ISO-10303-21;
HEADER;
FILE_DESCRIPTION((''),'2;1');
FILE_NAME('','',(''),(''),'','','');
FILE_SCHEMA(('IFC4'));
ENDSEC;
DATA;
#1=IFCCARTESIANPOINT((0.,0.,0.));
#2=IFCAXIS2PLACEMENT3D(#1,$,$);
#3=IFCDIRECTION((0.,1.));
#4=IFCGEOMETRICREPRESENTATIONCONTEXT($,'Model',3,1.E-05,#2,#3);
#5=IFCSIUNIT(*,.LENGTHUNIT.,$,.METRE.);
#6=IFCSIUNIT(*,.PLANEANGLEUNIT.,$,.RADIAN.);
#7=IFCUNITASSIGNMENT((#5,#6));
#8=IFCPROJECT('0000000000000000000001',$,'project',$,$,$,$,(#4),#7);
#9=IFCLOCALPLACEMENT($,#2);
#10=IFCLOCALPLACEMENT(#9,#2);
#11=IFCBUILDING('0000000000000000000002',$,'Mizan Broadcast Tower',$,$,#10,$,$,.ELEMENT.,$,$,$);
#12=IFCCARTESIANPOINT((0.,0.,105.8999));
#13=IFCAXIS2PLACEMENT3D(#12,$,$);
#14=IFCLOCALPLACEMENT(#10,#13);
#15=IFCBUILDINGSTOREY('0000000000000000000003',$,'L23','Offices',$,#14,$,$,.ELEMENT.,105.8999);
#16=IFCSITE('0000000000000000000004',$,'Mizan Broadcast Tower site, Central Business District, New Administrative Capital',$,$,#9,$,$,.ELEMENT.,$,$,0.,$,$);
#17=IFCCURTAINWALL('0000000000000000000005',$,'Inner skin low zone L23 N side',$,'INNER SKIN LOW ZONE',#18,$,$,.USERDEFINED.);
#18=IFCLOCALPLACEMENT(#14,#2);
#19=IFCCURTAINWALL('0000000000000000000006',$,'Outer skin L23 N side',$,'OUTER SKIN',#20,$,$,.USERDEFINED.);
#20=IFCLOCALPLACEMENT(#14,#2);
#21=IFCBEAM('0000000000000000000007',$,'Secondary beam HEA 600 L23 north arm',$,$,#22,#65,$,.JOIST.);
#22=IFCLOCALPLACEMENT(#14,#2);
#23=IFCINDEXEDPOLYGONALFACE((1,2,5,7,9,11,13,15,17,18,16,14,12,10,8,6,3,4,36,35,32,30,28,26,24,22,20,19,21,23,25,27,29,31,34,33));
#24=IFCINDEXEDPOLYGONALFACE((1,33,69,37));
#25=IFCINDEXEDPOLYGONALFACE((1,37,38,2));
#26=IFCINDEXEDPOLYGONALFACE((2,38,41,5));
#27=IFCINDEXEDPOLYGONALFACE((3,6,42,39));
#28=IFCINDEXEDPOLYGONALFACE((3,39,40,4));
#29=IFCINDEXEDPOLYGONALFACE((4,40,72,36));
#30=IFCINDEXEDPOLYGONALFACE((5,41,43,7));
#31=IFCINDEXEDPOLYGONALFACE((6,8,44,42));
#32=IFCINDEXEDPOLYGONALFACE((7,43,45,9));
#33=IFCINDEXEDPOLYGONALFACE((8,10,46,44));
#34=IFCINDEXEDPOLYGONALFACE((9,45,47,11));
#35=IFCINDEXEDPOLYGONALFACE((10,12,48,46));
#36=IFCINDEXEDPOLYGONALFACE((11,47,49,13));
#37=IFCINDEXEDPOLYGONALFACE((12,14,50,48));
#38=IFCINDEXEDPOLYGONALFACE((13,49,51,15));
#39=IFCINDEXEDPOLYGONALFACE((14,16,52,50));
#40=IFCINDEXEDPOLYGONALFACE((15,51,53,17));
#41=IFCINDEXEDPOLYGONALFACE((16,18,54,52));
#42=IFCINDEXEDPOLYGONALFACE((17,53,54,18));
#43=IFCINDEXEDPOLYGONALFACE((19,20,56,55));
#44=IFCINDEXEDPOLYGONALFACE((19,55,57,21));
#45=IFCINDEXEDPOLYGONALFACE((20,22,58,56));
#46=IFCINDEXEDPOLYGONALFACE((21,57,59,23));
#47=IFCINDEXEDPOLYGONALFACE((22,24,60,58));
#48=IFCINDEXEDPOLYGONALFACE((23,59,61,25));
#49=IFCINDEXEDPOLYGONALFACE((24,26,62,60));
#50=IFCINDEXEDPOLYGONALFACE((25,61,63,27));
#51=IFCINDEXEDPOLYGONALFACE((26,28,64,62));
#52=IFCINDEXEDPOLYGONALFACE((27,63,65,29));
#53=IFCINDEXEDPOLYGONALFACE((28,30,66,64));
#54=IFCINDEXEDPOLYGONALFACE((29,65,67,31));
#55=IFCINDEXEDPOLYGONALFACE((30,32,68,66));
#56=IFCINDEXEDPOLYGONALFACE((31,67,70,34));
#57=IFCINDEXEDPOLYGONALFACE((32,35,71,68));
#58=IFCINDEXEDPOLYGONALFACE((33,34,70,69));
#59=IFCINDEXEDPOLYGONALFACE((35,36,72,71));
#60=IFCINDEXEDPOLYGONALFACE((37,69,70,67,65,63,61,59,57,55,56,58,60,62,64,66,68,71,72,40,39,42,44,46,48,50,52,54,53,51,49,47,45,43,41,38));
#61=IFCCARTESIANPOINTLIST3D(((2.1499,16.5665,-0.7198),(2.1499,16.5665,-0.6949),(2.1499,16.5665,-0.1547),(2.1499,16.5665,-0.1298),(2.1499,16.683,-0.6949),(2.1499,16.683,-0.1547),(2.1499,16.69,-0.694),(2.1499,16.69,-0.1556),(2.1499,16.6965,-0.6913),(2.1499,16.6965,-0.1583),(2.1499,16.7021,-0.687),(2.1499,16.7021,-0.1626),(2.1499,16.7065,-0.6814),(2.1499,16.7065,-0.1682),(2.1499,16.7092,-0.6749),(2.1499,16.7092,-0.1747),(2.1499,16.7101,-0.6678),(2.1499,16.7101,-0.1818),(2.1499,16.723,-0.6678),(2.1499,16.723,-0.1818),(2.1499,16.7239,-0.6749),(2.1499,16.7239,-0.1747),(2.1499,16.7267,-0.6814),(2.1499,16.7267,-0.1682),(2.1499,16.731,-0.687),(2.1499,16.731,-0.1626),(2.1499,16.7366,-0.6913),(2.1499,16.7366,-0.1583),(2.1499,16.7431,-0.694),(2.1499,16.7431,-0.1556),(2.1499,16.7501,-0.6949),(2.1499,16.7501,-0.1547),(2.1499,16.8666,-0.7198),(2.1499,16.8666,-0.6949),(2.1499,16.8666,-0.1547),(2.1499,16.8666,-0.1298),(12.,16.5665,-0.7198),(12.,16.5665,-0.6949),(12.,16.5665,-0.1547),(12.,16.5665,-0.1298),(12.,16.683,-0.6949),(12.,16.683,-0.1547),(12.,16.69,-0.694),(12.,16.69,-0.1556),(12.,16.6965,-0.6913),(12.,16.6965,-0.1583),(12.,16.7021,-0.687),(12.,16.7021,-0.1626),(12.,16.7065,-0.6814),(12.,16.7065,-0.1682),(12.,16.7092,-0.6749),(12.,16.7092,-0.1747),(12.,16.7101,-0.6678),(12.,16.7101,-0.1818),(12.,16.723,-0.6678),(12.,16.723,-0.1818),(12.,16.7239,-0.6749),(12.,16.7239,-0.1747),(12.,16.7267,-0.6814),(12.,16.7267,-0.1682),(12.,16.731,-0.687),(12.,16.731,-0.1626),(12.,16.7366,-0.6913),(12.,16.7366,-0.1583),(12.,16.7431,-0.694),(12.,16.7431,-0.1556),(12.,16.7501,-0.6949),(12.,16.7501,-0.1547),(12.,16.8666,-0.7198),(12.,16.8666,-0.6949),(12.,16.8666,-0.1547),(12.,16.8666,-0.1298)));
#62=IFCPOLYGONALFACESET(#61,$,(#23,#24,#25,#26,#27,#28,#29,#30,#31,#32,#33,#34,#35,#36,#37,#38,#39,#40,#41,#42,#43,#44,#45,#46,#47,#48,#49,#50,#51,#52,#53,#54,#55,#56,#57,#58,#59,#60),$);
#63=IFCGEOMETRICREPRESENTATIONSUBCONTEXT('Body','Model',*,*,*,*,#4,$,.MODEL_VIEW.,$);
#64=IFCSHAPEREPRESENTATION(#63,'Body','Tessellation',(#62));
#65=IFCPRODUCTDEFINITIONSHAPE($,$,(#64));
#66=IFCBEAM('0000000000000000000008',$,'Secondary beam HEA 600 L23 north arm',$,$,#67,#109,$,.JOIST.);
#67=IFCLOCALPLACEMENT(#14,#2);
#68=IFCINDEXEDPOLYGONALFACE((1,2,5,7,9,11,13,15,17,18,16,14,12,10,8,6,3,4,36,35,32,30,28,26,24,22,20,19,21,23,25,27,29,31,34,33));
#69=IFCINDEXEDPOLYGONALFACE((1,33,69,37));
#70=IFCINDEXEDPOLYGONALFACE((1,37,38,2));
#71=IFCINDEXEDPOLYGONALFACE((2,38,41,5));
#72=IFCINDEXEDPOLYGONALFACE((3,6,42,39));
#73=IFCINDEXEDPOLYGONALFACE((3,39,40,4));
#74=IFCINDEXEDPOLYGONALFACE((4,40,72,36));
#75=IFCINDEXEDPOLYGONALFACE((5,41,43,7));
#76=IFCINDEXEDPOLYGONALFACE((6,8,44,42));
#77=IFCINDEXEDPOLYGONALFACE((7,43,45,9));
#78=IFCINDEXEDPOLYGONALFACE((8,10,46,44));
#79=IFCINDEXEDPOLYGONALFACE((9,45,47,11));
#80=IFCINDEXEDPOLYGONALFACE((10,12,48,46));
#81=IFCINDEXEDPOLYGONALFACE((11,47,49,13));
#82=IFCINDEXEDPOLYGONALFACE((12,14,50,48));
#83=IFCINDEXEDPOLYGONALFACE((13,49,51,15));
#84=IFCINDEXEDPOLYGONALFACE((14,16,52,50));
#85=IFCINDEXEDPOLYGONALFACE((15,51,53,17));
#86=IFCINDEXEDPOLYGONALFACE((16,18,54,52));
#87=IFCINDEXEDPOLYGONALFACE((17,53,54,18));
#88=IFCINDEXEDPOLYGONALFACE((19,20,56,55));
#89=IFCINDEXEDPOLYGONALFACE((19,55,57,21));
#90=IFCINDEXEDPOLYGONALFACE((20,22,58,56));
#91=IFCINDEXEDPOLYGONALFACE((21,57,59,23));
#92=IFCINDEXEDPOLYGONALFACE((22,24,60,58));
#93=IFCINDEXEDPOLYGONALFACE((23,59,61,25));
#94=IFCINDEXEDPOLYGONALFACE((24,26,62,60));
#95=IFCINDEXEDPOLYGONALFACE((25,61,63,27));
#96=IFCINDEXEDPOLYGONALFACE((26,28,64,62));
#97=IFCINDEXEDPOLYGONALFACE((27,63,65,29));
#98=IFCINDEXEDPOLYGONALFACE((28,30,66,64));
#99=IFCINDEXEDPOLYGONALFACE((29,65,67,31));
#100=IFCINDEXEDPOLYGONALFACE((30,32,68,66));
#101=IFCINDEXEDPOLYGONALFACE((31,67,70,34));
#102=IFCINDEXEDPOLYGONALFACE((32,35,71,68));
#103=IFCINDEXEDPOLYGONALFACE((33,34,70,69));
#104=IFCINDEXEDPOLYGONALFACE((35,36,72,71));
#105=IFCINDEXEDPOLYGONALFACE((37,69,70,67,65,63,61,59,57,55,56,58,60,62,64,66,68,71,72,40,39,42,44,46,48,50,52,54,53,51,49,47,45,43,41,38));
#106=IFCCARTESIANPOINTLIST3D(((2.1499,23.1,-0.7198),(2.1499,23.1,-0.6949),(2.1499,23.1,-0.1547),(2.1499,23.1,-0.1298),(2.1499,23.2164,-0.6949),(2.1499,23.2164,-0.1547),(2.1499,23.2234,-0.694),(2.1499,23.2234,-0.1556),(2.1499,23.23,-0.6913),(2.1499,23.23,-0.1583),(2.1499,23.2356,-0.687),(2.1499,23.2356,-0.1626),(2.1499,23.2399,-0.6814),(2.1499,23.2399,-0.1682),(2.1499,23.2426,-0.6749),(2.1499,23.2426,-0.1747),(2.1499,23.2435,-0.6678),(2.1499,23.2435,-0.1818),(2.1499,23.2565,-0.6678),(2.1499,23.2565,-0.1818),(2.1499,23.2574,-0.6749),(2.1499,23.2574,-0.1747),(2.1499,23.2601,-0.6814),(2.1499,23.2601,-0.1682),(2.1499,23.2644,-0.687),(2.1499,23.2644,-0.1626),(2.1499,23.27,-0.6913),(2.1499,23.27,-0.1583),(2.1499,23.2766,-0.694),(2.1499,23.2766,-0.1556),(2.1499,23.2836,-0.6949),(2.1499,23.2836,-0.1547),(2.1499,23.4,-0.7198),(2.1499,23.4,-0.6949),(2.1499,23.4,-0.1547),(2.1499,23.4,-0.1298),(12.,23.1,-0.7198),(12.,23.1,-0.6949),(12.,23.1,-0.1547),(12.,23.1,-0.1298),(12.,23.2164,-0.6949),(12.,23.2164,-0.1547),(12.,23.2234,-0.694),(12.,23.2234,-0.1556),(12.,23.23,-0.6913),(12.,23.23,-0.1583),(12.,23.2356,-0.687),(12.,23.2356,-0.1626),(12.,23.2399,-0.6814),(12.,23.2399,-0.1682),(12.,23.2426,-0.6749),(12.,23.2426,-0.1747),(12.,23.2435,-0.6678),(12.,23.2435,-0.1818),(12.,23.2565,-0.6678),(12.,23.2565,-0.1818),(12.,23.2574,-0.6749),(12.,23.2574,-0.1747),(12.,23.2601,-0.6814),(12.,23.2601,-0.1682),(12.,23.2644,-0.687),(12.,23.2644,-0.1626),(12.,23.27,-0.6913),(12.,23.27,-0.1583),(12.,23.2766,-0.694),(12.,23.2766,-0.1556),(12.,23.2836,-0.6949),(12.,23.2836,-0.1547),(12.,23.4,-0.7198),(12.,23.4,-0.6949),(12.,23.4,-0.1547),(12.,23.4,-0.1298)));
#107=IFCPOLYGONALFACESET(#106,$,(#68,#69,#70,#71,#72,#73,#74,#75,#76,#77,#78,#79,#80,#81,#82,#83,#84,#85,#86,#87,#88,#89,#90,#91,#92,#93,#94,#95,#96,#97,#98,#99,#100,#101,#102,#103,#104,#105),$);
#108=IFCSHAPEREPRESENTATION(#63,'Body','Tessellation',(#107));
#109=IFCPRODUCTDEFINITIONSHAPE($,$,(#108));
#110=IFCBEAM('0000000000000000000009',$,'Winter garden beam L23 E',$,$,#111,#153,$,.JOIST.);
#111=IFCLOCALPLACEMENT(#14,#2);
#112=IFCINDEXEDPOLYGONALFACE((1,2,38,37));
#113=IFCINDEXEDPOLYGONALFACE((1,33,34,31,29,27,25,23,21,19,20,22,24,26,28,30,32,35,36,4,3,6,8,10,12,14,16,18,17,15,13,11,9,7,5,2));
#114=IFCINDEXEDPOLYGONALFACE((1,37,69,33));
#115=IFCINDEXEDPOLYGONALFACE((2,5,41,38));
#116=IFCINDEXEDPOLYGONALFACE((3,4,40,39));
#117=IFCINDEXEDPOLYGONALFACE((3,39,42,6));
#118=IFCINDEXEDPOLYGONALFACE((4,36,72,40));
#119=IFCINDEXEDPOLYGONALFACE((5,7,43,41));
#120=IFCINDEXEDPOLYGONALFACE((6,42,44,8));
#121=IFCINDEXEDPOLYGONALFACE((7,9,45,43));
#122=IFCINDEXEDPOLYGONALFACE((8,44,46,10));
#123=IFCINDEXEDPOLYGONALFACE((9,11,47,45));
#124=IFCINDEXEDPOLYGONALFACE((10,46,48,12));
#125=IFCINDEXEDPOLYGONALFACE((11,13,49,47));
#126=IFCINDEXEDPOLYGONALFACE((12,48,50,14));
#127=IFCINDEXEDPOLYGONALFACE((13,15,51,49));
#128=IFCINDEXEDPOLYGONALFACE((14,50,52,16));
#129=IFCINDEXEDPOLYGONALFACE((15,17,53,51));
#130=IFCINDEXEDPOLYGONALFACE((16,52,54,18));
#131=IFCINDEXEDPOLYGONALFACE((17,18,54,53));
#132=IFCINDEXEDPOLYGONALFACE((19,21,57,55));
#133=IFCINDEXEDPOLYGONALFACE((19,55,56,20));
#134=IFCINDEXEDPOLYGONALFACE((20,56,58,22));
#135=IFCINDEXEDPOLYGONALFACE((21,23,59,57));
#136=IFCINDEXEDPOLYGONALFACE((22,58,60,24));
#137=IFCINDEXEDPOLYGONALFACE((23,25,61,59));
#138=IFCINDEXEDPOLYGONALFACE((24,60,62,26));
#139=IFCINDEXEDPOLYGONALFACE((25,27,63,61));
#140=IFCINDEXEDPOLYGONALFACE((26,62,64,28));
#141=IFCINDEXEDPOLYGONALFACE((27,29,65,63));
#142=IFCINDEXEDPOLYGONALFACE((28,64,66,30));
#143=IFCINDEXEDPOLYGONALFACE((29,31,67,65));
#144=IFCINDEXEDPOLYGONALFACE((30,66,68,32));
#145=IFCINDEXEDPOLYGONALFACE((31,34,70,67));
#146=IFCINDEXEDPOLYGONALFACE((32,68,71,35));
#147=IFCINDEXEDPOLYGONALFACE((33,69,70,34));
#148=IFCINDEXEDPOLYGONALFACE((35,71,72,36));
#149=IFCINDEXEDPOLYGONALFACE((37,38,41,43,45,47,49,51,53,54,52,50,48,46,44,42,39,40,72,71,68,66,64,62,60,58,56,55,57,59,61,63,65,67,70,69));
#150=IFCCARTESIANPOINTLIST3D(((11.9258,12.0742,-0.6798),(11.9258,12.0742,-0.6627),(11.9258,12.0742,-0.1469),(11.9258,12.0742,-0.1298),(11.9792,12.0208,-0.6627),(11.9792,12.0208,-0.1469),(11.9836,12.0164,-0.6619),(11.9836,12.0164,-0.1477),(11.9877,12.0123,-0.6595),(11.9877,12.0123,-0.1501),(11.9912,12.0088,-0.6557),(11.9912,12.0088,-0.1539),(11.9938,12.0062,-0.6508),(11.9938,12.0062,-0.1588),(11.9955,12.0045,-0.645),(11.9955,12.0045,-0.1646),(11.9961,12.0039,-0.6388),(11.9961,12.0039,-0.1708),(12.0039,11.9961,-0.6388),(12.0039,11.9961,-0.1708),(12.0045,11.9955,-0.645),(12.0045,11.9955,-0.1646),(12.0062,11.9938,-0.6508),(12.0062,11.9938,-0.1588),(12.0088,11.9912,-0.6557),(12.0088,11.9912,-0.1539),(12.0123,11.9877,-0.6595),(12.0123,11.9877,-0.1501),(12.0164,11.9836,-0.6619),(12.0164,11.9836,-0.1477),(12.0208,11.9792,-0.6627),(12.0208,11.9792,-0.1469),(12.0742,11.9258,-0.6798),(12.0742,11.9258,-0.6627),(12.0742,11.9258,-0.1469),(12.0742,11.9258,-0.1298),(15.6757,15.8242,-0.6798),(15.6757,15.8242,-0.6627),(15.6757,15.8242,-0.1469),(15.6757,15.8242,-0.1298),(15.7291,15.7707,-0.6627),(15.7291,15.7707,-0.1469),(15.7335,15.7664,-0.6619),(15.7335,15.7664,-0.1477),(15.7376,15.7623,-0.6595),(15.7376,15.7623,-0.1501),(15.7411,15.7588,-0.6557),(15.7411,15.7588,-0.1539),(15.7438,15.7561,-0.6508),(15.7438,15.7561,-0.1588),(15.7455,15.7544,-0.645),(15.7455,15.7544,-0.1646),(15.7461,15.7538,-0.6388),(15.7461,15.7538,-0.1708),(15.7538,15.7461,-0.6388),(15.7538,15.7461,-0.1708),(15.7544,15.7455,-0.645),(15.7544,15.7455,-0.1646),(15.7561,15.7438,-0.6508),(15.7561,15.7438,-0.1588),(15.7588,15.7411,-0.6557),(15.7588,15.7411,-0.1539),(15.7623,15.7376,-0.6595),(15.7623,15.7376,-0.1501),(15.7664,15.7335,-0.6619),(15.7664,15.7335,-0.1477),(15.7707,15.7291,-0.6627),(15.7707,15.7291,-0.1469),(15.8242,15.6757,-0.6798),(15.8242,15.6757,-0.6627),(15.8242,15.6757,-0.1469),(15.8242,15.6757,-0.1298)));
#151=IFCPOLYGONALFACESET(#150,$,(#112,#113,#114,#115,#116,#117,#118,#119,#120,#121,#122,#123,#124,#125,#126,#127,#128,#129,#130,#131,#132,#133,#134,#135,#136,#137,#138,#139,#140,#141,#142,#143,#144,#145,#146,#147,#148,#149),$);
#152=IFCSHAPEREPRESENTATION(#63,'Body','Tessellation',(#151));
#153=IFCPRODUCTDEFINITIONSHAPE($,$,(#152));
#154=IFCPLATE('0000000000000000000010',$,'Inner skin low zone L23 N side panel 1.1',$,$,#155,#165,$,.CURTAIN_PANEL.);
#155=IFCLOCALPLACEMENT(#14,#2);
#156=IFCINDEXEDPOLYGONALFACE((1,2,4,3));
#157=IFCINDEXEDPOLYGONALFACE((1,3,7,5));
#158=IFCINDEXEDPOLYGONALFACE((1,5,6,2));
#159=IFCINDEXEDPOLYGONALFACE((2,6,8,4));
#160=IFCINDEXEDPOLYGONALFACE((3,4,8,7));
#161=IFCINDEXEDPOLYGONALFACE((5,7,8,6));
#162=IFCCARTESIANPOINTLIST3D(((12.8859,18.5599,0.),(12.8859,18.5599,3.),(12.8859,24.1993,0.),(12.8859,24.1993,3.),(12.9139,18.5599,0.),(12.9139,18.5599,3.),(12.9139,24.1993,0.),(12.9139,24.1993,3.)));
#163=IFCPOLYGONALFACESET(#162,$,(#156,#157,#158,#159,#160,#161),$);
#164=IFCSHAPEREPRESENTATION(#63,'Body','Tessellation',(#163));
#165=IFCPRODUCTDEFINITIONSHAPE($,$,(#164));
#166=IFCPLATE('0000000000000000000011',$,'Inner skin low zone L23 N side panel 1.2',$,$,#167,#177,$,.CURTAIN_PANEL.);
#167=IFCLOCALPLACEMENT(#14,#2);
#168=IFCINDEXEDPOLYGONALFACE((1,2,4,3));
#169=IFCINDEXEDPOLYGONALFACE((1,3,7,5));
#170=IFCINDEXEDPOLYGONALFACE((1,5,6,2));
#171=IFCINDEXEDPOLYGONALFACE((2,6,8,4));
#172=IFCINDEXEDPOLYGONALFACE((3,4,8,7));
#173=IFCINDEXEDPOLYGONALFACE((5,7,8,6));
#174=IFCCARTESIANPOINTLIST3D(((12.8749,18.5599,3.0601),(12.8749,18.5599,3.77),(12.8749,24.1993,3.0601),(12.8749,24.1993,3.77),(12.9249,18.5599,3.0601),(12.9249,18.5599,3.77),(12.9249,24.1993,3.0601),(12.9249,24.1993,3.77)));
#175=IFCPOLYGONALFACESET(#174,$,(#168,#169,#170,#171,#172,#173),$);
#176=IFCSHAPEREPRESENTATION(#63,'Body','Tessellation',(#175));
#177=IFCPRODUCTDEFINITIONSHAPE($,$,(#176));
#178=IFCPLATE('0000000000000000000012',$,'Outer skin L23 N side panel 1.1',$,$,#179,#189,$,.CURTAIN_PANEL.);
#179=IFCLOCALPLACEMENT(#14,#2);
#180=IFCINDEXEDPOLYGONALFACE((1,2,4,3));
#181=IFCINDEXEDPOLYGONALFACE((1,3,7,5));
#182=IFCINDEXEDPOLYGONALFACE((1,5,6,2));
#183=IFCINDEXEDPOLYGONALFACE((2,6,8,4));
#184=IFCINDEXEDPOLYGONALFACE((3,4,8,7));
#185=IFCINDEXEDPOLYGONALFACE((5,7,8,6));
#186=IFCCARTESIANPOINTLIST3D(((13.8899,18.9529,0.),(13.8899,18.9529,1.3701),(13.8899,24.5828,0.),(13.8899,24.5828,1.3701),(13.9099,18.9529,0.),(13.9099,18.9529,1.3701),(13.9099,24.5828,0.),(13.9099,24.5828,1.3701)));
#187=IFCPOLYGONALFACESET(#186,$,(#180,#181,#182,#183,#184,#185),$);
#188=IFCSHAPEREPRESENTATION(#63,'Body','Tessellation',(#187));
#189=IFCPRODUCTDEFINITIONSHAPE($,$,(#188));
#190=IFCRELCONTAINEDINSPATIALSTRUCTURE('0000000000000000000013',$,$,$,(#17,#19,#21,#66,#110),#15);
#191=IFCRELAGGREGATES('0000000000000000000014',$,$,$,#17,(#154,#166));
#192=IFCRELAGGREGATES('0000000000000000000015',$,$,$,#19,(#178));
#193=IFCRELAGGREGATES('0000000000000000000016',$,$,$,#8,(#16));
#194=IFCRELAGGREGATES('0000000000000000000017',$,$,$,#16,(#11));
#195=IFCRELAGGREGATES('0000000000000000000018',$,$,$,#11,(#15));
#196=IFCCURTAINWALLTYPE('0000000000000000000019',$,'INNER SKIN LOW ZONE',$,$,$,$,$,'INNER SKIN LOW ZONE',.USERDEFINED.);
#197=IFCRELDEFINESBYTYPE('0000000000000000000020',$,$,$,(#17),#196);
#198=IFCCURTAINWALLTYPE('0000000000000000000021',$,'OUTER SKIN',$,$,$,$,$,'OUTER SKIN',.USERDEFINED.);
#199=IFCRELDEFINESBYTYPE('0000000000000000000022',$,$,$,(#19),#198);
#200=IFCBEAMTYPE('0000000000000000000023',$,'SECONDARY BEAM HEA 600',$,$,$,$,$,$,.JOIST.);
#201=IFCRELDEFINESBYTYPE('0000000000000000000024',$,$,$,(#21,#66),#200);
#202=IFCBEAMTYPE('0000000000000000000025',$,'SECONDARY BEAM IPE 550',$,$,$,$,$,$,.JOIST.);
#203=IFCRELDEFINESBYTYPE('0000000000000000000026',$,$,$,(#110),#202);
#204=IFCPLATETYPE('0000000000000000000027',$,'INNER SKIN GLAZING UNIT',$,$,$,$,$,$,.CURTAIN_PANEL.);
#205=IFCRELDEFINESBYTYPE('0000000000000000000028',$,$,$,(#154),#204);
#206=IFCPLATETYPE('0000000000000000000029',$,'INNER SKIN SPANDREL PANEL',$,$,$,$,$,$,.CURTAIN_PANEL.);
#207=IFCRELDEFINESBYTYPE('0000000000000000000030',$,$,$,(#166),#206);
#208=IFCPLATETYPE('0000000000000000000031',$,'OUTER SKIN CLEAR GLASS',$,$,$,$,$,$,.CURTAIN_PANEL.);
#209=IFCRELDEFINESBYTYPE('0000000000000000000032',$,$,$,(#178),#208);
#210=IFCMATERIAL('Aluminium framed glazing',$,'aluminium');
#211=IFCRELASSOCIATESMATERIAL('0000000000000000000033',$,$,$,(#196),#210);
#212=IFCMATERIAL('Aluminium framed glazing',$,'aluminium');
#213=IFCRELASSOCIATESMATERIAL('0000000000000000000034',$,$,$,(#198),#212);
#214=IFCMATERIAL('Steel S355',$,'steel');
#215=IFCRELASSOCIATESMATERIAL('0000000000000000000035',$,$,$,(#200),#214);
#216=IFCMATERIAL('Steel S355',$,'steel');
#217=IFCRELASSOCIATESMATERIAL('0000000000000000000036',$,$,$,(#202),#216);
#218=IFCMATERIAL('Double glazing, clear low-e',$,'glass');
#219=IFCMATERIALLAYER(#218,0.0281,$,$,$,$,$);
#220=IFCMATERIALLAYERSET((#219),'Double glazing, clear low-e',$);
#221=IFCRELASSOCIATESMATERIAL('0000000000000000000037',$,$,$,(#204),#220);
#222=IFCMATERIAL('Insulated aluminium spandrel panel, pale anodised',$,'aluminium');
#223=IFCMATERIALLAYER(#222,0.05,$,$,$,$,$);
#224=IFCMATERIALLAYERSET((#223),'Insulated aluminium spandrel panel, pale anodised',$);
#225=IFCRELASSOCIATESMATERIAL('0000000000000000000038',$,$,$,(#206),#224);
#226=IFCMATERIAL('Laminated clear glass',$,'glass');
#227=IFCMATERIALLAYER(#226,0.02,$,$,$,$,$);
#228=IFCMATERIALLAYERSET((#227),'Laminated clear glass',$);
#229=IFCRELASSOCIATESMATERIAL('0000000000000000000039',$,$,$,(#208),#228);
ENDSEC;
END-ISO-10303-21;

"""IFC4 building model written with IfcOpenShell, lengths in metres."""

from ifc_helpers import new_model, si_unit, direction, frame, origin, origin_2d, place, context, subcontext, project, spatial, rectangle, i_section, extrude, material, layer, layer_set, material_profile, profile_set, type_object, element, aggregate, save


model = new_model("IFC4")

# Units and contexts
model_context = context("Model", 3, precision=1e-05, world=origin(), true_north=direction((0.0, 1.0)))
body_context = subcontext(model_context, "Body", "Model", "MODEL_VIEW")
ifc_project = project(units=[si_unit("LENGTHUNIT", "METRE"), si_unit("PLANEANGLEUNIT", "RADIAN")], contexts=[model_context])

# Site, building, storey
site_placement = place(None, origin())
site = spatial("IfcSite", under=ifc_project, at=site_placement, Name="Mizan Broadcast Tower site, Central Business District, New Administrative Capital", CompositionType="ELEMENT", RefElevation=0.0)
building_placement = place(site_placement, origin())
building = spatial("IfcBuilding", under=site, at=building_placement, Name="Mizan Broadcast Tower", CompositionType="ELEMENT")
storey_placement = place(building_placement, frame((0.0, 0.0, 105.8999)))
storey = spatial("IfcBuildingStorey", under=building, at=storey_placement, Name="L23", Description="Offices", CompositionType="ELEMENT", Elevation=105.8999)

# Curtain walls
ifc_material_1 = material(Name="Aluminium framed glazing", Category="aluminium")
curtain_wall_type_1 = type_object("IfcCurtainWallType", Name="INNER SKIN LOW ZONE", ElementType="INNER SKIN LOW ZONE", PredefinedType="USERDEFINED", material=ifc_material_1)
curtain_wall_1_placement = place(storey_placement, origin())
curtain_wall_1 = element("IfcCurtainWall", 1, at=curtain_wall_1_placement, inside=storey, type_object=curtain_wall_type_1, Name="Inner skin low zone L23 N side", ObjectType="INNER SKIN LOW ZONE", PredefinedType="USERDEFINED")
ifc_material_2 = material(Name="Aluminium framed glazing", Category="aluminium")
curtain_wall_type_2 = type_object("IfcCurtainWallType", Name="OUTER SKIN", ElementType="OUTER SKIN", PredefinedType="USERDEFINED", material=ifc_material_2)
curtain_wall_2_placement = place(storey_placement, origin())
curtain_wall_2 = element("IfcCurtainWall", 2, at=curtain_wall_2_placement, inside=storey, type_object=curtain_wall_type_2, Name="Outer skin L23 N side", ObjectType="OUTER SKIN", PredefinedType="USERDEFINED")

# Beams
ifc_material_3 = material(Name="Steel S355", Category="steel")
ifc_material_profile_1 = material_profile(ifc_material_3, i_section(OverallWidth=0.3, OverallDepth=0.5901, WebThickness=0.0129, FlangeThickness=0.0249, FilletRadius=0.0271, at=origin_2d()), Name="HEA 600")
ifc_profile_set_1 = profile_set([ifc_material_profile_1], Name="Steel S355")
beam_type_1 = type_object("IfcBeamType", Name="SECONDARY BEAM HEA 600", PredefinedType="JOIST", material=ifc_profile_set_1)
for number, where, z_axis, x_axis, name in (
    (3, (12.0, 16.7166, -0.4248), (-1.0, 0.0, 0.0), (0.0, -1.0, 0.0), "Secondary beam HEA 600 L23 north arm"),
    (4, (12.0, 23.25, -0.4248), (-1.0, 0.0, 0.0), (0.0, -1.0, 0.0), "Secondary beam HEA 600 L23 north arm"),
):
    element("IfcBeam", number, at=place(storey_placement, frame(where, z_axis=z_axis, x_axis=x_axis)), inside=storey, type_object=beam_type_1, Name=name, PredefinedType="JOIST", context=body_context, shape_type="SweptSolid", body=[
        extrude(i_section(OverallWidth=0.3, OverallDepth=0.5901, WebThickness=0.0129, FlangeThickness=0.0249, FilletRadius=0.0271, at=origin_2d()), origin(), (0.0, 0.0, 1.0), 9.8501),
    ])
ifc_material_4 = material(Name="Steel S355", Category="steel")
ifc_material_profile_2 = material_profile(ifc_material_4, i_section(OverallWidth=0.21, OverallDepth=0.55, WebThickness=0.011, FlangeThickness=0.0171, FilletRadius=0.0239, at=origin_2d()), Name="IPE 550")
ifc_profile_set_2 = profile_set([ifc_material_profile_2], Name="Steel S355")
beam_type_2 = type_object("IfcBeamType", Name="SECONDARY BEAM IPE 550", PredefinedType="JOIST", material=ifc_profile_set_2)
beam_1_placement = place(storey_placement, frame((12.0, 12.0, -0.4048), z_axis=(0.707107, 0.707107, 0.0), x_axis=(-0.707107, 0.707107, 0.0)))
element("IfcBeam", 5, at=beam_1_placement, inside=storey, type_object=beam_type_2, Name="Winter garden beam L23 E", PredefinedType="JOIST", context=body_context, shape_type="SweptSolid", body=[
    extrude(i_section(OverallWidth=0.21, OverallDepth=0.55, WebThickness=0.011, FlangeThickness=0.0171, FilletRadius=0.0239, at=origin_2d()), origin(), (0.0, 0.0, 1.0), 5.3032),
])

# Plates
ifc_material_5 = material(Name="Double glazing, clear low-e", Category="glass")
ifc_layer_1 = layer(ifc_material_5, 0.0281)
ifc_layer_set_1 = layer_set([ifc_layer_1], Name="Double glazing, clear low-e")
plate_type_1 = type_object("IfcPlateType", Name="INNER SKIN GLAZING UNIT", PredefinedType="CURTAIN_PANEL", material=ifc_layer_set_1)
plate_1_placement = place(storey_placement, frame((12.8999, 21.3796, 0.0), z_axis=(0.0, 0.0, 1.0), x_axis=(0.0, 1.0, 0.0)))
plate_1 = element("IfcPlate", 6, at=plate_1_placement, type_object=plate_type_1, Name="Inner skin low zone L23 N side panel 1.1", PredefinedType="CURTAIN_PANEL", context=body_context, shape_type="SweptSolid", body=[
    extrude(rectangle(XDim=5.6394, YDim=0.0281, at=origin_2d()), origin(), (0.0, 0.0, 1.0), 3.0),
])
ifc_material_6 = material(Name="Insulated aluminium spandrel panel, pale anodised", Category="aluminium")
ifc_layer_2 = layer(ifc_material_6, 0.05)
ifc_layer_set_2 = layer_set([ifc_layer_2], Name="Insulated aluminium spandrel panel, pale anodised")
plate_type_2 = type_object("IfcPlateType", Name="INNER SKIN SPANDREL PANEL", PredefinedType="CURTAIN_PANEL", material=ifc_layer_set_2)
plate_2_placement = place(storey_placement, frame((12.8999, 21.3796, 3.0601), z_axis=(0.0, 0.0, 1.0), x_axis=(0.0, 1.0, 0.0)))
plate_2 = element("IfcPlate", 7, at=plate_2_placement, type_object=plate_type_2, Name="Inner skin low zone L23 N side panel 1.2", PredefinedType="CURTAIN_PANEL", context=body_context, shape_type="SweptSolid", body=[
    extrude(rectangle(XDim=5.6394, YDim=0.05, at=origin_2d()), origin(), (0.0, 0.0, 1.0), 0.71),
])
aggregate(curtain_wall_1, [plate_1, plate_2])
ifc_material_7 = material(Name="Laminated clear glass", Category="glass")
ifc_layer_3 = layer(ifc_material_7, 0.02)
ifc_layer_set_3 = layer_set([ifc_layer_3], Name="Laminated clear glass")
plate_type_3 = type_object("IfcPlateType", Name="OUTER SKIN CLEAR GLASS", PredefinedType="CURTAIN_PANEL", material=ifc_layer_set_3)
plate_3_placement = place(storey_placement, frame((13.8999, 21.7678, 0.0), z_axis=(0.0, 0.0, 1.0), x_axis=(0.0, 1.0, 0.0)))
plate_3 = element("IfcPlate", 8, at=plate_3_placement, type_object=plate_type_3, Name="Outer skin L23 N side panel 1.1", PredefinedType="CURTAIN_PANEL", context=body_context, shape_type="SweptSolid", body=[
    extrude(rectangle(XDim=5.6299, YDim=0.02, at=origin_2d()), origin(), (0.0, 0.0, 1.0), 1.3701),
])
aggregate(curtain_wall_2, [plate_3])

save(model, "model.ifc")
